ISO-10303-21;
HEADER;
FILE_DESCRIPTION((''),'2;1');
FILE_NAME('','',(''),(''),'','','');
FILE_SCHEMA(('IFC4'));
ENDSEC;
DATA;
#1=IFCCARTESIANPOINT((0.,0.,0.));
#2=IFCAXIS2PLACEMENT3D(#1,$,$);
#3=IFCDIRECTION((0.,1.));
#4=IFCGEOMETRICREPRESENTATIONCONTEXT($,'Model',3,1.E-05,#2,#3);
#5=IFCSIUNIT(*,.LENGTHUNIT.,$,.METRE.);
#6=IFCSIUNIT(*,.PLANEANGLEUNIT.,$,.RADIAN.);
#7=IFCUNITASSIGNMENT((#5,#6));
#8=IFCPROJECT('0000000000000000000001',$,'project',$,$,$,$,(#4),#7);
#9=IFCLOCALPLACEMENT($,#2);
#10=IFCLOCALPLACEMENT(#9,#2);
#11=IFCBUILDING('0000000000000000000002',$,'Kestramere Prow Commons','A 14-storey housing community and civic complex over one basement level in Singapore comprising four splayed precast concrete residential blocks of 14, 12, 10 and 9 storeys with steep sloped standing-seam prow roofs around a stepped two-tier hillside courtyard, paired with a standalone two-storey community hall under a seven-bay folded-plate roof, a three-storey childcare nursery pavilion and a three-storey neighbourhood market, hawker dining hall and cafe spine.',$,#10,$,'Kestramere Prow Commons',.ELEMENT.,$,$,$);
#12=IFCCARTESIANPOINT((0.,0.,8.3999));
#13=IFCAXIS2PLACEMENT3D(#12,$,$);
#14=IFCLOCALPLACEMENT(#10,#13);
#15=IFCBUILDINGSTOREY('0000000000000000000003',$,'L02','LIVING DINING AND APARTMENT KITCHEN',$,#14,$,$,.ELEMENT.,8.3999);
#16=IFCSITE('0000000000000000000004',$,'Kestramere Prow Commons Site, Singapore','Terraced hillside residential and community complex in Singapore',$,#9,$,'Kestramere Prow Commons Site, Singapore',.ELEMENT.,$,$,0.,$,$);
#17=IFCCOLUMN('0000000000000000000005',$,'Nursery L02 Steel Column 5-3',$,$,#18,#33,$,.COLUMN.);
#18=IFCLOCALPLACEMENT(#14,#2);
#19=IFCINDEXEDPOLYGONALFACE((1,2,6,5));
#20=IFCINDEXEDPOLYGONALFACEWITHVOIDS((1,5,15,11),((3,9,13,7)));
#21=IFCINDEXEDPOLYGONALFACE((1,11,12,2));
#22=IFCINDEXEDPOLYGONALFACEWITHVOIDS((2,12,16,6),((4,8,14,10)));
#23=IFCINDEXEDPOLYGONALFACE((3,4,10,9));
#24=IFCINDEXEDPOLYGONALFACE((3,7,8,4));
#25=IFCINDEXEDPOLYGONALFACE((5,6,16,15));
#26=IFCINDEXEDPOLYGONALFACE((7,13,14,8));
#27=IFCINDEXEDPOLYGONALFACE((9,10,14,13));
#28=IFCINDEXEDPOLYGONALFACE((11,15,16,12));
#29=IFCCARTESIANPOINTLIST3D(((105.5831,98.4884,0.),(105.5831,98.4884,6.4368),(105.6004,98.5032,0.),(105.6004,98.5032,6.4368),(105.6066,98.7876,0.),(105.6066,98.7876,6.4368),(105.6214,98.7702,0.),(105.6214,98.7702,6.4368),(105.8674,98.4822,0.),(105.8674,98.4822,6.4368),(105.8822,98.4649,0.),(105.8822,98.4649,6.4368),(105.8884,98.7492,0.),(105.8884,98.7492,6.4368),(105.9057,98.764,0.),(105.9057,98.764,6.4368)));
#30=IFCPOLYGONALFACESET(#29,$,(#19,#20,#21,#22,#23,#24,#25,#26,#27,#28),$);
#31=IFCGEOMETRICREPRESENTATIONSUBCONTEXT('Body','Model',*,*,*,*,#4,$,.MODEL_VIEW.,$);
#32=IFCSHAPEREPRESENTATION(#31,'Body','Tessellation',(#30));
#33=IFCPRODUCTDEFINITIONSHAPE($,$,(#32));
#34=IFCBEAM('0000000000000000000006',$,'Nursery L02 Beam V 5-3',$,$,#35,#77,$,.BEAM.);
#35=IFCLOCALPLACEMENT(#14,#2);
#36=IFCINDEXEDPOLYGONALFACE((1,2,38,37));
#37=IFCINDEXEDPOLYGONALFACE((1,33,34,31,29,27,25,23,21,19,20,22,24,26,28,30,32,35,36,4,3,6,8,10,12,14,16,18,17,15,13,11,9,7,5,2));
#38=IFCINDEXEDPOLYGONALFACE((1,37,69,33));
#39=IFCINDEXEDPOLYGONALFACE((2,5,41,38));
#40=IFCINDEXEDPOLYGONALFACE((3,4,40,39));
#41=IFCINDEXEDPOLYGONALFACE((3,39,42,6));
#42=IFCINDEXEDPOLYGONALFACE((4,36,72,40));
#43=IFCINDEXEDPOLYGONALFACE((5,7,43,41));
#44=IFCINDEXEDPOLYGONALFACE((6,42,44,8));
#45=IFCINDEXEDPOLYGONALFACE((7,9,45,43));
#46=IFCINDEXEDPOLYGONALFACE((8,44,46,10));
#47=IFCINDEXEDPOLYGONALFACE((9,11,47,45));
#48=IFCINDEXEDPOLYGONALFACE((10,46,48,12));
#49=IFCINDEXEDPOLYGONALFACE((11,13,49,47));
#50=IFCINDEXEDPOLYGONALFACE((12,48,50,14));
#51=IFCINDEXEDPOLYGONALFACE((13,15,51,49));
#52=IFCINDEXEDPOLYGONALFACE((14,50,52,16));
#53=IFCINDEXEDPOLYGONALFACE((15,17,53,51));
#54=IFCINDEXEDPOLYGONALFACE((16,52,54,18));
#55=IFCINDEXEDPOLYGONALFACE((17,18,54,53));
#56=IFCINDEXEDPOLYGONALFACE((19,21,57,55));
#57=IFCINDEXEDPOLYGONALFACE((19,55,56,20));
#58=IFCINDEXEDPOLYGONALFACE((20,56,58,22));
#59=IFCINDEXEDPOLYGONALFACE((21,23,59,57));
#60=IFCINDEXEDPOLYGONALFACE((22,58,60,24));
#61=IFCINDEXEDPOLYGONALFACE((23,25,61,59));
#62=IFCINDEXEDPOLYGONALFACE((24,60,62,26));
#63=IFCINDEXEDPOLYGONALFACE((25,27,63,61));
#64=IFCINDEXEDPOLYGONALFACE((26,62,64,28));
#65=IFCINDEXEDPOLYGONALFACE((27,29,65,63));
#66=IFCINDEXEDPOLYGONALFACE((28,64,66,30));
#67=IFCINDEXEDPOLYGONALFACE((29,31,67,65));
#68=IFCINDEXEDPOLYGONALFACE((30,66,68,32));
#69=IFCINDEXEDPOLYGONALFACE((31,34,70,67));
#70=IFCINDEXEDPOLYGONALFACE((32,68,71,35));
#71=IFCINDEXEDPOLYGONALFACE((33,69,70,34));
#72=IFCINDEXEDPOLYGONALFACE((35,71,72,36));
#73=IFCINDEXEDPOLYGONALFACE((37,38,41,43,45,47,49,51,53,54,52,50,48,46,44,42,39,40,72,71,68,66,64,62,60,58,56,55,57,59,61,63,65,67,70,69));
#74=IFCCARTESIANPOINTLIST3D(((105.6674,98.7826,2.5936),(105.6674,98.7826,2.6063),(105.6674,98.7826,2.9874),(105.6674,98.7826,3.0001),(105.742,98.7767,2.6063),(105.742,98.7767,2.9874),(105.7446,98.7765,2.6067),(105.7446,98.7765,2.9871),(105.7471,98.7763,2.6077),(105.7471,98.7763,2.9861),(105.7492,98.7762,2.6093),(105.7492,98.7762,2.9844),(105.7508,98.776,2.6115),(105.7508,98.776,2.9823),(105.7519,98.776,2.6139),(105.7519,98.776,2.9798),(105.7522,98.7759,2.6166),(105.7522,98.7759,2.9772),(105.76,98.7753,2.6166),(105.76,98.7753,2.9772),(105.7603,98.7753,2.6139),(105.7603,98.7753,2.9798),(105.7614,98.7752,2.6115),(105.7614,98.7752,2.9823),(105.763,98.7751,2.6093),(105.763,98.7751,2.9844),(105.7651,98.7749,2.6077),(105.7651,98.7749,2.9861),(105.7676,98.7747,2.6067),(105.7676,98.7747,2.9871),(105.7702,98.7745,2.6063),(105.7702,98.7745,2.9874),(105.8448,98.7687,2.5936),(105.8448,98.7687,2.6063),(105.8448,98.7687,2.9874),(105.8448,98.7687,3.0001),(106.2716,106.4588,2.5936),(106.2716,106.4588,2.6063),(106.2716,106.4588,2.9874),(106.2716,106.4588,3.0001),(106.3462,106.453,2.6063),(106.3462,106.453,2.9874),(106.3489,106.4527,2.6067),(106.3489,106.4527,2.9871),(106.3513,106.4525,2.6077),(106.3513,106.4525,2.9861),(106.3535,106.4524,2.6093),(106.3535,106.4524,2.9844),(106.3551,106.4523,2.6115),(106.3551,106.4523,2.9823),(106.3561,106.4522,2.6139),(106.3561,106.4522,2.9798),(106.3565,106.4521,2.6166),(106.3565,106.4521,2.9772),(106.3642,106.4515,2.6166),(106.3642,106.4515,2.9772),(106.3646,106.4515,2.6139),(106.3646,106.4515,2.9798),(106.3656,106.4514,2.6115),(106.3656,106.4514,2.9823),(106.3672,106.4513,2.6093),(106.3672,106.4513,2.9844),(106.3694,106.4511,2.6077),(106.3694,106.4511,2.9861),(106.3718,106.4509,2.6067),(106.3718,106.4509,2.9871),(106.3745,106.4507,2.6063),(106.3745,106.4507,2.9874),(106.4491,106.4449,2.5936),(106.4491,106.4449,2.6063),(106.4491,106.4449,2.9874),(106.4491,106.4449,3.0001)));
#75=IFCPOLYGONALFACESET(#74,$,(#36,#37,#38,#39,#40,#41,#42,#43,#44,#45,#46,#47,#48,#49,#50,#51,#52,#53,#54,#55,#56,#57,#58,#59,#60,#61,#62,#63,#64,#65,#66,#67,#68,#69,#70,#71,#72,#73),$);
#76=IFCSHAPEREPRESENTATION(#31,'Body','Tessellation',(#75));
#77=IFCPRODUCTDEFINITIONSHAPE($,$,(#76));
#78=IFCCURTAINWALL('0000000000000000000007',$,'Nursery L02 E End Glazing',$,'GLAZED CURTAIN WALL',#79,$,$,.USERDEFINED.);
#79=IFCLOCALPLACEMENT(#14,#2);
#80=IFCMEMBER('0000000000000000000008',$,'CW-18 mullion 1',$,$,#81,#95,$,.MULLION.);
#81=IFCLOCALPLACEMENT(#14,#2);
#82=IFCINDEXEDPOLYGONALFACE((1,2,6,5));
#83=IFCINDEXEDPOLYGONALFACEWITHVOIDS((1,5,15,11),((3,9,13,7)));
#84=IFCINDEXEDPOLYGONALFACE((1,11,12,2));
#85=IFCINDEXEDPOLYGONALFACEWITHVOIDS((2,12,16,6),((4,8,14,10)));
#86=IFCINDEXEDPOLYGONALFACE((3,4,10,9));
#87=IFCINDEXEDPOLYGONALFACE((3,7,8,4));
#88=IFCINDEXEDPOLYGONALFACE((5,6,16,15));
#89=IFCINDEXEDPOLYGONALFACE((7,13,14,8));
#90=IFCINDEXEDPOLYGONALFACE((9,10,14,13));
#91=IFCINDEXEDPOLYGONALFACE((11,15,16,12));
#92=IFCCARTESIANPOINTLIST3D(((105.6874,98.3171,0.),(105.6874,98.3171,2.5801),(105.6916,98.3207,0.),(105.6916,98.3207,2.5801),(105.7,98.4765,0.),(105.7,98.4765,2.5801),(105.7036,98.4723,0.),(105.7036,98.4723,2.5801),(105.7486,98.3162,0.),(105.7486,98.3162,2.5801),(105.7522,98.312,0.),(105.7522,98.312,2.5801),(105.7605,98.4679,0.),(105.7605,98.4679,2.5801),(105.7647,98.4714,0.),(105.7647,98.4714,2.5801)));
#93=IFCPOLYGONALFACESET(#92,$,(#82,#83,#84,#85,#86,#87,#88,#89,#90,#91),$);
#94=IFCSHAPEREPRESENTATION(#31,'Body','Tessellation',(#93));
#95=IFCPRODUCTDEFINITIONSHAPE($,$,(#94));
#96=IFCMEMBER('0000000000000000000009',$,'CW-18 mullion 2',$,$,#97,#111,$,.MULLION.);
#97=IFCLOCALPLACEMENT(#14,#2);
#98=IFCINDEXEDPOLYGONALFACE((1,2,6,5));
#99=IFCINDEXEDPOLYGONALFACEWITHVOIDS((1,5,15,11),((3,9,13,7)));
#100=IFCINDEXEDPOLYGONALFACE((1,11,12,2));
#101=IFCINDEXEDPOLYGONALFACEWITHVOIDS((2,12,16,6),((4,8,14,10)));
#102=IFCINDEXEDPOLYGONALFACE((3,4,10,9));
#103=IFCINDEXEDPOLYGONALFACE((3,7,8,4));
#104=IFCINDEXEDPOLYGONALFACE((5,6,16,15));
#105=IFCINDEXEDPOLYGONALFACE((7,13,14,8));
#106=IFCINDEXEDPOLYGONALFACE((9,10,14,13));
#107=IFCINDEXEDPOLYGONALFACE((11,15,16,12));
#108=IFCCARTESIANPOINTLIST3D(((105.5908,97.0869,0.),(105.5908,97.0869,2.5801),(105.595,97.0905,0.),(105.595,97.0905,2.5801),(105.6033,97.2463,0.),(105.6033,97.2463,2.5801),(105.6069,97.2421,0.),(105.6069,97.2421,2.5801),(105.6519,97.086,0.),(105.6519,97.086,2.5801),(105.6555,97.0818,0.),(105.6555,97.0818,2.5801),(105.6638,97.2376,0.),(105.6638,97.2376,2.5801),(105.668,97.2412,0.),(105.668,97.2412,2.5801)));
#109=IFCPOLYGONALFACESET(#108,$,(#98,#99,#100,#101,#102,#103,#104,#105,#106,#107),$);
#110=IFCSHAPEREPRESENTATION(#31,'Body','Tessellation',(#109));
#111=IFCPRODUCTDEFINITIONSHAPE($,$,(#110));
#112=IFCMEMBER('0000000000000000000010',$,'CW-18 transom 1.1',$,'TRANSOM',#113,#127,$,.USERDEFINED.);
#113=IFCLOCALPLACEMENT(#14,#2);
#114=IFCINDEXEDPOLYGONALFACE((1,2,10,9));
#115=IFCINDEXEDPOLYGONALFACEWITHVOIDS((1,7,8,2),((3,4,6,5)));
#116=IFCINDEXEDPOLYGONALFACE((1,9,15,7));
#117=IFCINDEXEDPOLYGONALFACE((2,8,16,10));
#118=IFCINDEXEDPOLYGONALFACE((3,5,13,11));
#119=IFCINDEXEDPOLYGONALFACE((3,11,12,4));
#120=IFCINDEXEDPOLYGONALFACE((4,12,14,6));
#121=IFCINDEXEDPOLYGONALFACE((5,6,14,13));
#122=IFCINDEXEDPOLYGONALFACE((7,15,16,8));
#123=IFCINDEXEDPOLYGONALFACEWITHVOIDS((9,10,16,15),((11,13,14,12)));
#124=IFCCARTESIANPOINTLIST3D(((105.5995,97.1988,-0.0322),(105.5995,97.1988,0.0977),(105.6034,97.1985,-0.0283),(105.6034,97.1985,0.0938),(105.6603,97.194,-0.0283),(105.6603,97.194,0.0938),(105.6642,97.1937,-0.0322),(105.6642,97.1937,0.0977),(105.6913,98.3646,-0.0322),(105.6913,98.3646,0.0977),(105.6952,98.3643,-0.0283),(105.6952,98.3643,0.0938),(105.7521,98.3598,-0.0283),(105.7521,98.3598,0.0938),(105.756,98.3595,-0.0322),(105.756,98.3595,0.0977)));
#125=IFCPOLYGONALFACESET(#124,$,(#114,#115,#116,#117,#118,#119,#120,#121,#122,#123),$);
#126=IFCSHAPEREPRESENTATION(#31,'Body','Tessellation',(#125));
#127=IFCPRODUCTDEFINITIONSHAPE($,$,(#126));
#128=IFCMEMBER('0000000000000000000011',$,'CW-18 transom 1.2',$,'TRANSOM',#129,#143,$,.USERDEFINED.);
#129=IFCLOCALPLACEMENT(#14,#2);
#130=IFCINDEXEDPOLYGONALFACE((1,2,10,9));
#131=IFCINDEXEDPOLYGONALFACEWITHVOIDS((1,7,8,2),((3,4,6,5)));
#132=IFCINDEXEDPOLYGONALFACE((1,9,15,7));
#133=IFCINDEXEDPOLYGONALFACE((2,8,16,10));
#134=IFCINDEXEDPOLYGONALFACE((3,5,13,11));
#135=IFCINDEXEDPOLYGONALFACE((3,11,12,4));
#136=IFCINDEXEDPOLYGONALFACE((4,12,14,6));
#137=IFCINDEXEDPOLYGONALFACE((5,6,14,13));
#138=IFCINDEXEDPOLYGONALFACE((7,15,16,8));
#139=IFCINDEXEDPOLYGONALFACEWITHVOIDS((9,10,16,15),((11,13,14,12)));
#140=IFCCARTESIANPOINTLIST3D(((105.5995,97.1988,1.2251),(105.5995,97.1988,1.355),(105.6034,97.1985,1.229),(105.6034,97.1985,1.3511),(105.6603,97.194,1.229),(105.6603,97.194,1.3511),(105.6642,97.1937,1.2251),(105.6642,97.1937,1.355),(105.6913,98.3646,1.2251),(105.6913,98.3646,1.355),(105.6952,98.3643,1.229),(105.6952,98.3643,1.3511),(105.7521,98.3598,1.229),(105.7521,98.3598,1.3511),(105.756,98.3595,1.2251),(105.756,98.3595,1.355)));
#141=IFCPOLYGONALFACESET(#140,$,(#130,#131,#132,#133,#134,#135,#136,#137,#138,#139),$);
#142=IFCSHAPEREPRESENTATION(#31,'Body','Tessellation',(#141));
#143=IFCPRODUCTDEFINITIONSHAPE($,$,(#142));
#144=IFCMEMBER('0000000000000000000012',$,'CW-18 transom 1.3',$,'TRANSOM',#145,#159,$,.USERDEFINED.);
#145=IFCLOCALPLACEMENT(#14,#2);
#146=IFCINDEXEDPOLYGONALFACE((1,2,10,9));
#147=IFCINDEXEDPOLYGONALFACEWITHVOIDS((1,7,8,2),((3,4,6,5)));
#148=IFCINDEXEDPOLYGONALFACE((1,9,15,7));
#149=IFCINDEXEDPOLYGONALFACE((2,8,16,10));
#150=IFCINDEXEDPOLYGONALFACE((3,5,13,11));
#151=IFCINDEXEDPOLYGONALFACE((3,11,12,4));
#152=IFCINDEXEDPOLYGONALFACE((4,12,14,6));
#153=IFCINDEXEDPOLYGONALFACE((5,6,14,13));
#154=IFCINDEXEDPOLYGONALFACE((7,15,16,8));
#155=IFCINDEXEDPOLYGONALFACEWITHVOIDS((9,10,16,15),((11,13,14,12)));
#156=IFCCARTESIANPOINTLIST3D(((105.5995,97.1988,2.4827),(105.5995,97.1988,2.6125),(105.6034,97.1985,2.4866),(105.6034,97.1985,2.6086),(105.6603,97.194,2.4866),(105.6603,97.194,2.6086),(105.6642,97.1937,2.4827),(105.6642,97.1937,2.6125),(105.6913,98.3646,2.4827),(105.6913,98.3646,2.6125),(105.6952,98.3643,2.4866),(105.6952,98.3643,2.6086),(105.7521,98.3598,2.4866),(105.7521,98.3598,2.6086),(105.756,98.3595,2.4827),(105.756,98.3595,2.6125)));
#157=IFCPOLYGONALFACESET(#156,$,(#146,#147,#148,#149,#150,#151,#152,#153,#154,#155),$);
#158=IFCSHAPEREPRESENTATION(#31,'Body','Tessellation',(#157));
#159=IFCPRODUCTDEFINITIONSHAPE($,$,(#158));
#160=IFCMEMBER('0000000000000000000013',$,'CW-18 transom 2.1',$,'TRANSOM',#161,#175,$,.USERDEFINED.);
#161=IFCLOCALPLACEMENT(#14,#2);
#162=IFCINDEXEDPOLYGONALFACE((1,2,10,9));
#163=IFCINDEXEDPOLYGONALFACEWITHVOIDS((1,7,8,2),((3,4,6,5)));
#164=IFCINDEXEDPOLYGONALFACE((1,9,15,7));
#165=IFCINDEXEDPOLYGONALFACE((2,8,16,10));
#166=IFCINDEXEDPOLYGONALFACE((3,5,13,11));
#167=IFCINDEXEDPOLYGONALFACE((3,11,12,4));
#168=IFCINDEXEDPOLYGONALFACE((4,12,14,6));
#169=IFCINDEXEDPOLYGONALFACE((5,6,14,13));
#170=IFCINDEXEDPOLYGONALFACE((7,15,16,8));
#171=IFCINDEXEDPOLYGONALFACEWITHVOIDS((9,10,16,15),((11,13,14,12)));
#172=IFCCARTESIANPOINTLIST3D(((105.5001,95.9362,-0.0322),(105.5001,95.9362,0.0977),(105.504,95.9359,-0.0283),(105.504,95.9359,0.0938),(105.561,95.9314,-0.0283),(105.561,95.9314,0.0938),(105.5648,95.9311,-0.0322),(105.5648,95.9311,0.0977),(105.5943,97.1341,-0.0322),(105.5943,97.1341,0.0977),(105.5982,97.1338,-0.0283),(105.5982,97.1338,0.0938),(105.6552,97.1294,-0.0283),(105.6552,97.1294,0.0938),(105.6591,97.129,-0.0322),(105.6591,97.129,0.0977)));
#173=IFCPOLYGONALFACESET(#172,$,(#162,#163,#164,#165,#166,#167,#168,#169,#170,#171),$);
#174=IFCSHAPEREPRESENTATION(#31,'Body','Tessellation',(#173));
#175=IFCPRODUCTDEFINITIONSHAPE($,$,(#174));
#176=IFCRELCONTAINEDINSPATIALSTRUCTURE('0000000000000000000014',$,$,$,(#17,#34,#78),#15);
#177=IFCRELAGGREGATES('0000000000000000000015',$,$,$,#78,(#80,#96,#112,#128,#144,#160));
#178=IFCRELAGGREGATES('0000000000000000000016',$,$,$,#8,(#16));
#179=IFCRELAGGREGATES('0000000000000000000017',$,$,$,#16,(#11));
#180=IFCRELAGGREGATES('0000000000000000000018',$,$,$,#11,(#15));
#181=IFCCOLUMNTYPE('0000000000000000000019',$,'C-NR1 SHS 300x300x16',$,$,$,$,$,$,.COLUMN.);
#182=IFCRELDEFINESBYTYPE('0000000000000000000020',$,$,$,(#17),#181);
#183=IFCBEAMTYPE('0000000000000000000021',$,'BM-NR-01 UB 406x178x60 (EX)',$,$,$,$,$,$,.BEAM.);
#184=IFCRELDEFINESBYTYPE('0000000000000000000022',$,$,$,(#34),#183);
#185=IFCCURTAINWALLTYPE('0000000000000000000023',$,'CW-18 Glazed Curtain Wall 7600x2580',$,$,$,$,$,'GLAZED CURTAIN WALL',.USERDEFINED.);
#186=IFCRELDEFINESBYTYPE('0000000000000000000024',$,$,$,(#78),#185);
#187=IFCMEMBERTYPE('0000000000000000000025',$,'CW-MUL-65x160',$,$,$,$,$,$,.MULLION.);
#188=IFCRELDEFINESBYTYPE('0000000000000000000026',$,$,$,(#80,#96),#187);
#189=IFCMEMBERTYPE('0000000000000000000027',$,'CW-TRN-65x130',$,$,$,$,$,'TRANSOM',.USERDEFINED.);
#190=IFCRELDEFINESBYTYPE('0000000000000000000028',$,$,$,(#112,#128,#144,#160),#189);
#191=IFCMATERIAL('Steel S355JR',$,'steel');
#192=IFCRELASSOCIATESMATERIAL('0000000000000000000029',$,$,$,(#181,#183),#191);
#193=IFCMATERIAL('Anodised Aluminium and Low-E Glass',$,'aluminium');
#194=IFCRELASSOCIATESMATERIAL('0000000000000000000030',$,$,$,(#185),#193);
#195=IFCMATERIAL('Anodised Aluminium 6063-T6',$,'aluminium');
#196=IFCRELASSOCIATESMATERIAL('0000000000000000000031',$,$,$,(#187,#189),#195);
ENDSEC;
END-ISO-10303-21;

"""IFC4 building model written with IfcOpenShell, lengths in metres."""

from ifc_helpers import new_model, si_unit, direction, frame, origin, origin_2d, place, context, subcontext, project, spatial, hollow_rectangle, i_section, extrude, material, material_profile, profile_set, type_object, element, aggregate, save


model = new_model("IFC4")

# Units and contexts
model_context = context("Model", 3, precision=1e-05, world=origin(), true_north=direction((0.0, 1.0)))
body_context = subcontext(model_context, "Body", "Model", "MODEL_VIEW")
ifc_project = project(units=[si_unit("LENGTHUNIT", "METRE"), si_unit("PLANEANGLEUNIT", "RADIAN")], contexts=[model_context])

# Site, building, storey
site_placement = place(None, origin())
site = spatial("IfcSite", under=ifc_project, at=site_placement, Name="Kestramere Prow Commons Site, Singapore", Description="Terraced hillside residential and community complex in Singapore", LongName="Kestramere Prow Commons Site, Singapore", CompositionType="ELEMENT", RefElevation=0.0)
building_placement = place(site_placement, origin())
building = spatial("IfcBuilding", under=site, at=building_placement, Name="Kestramere Prow Commons", Description="A 14-storey housing community and civic complex over one basement level in Singapore comprising four splayed precast concrete residential blocks of 14, 12, 10 and 9 storeys with steep sloped standing-seam prow roofs around a stepped two-tier hillside courtyard, paired with a standalone two-storey community hall under a seven-bay folded-plate roof, a three-storey childcare nursery pavilion and a three-storey neighbourhood market, hawker dining hall and cafe spine.", LongName="Kestramere Prow Commons", CompositionType="ELEMENT")
storey_placement = place(building_placement, frame((0.0, 0.0, 8.3999)))
storey = spatial("IfcBuildingStorey", under=building, at=storey_placement, Name="L02", Description="LIVING DINING AND APARTMENT KITCHEN", CompositionType="ELEMENT", Elevation=8.3999)

# Column
ifc_material_1 = material(Name="Steel S355JR", Category="steel")
ifc_material_profile_1 = material_profile(ifc_material_1, hollow_rectangle(XDim=0.3, YDim=0.3, WallThickness=0.0161, at=origin_2d()), Name="SHS 300x300x16")
ifc_profile_set_1 = profile_set([ifc_material_profile_1], Name="Steel S355JR")
column_type = type_object("IfcColumnType", Name="C-NR1 SHS 300x300x16", PredefinedType="COLUMN", material=ifc_profile_set_1)
column_placement = place(storey_placement, frame((105.7444, 98.6262, 0.0), z_axis=(0.0, 0.0, 1.0), x_axis=(0.996917, -0.078459, 0.0)))
element("IfcColumn", 1, at=column_placement, inside=storey, type_object=column_type, Name="Nursery L02 Steel Column 5-3", PredefinedType="COLUMN", context=body_context, shape_type="SweptSolid", body=[
    extrude(hollow_rectangle(XDim=0.3, YDim=0.3, WallThickness=0.0161, at=origin_2d()), origin(), (0.0, 0.0, 1.0), 6.4368),
])

# Beam
ifc_material_profile_2 = material_profile(ifc_material_1, i_section(OverallWidth=0.178, OverallDepth=0.4065, WebThickness=0.0078, FlangeThickness=0.0127, FilletRadius=0.0103, at=origin_2d()), Name="UB 406x178x60")
ifc_profile_set_2 = profile_set([ifc_material_profile_2], Name="Steel S355JR")
beam_type = type_object("IfcBeamType", Name="BM-NR-01 UB 406x178x60 (EX)", PredefinedType="BEAM", material=ifc_profile_set_2)
beam_placement = place(storey_placement, frame((105.7561, 98.7756, 2.7969), z_axis=(0.078474, 0.996916, 0.0), x_axis=(-0.996916, 0.078474, 0.0)))
element("IfcBeam", 2, at=beam_placement, inside=storey, type_object=beam_type, Name="Nursery L02 Beam V 5-3", PredefinedType="BEAM", context=body_context, shape_type="SweptSolid", body=[
    extrude(i_section(OverallWidth=0.178, OverallDepth=0.4065, WebThickness=0.0078, FlangeThickness=0.0127, FilletRadius=0.0103, at=origin_2d()), origin(), (0.0, 0.0, 1.0), 7.7),
])

# Curtain wall, members
ifc_material_2 = material(Name="Anodised Aluminium and Low-E Glass", Category="aluminium")
curtain_wall_type = type_object("IfcCurtainWallType", Name="CW-18 Glazed Curtain Wall 7600x2580", ElementType="GLAZED CURTAIN WALL", PredefinedType="USERDEFINED", material=ifc_material_2)
curtain_wall_placement = place(storey_placement, origin())
curtain_wall = element("IfcCurtainWall", 3, at=curtain_wall_placement, inside=storey, type_object=curtain_wall_type, Name="Nursery L02 E End Glazing", ObjectType="GLAZED CURTAIN WALL", PredefinedType="USERDEFINED")
ifc_material_3 = material(Name="Anodised Aluminium 6063-T6", Category="aluminium")
ifc_material_profile_3 = material_profile(ifc_material_3, hollow_rectangle(XDim=0.0649, YDim=0.1599, WallThickness=0.0039, at=origin_2d()), Name="ALU-MUL 65x160")
ifc_profile_set_3 = profile_set([ifc_material_profile_3], Name="Anodised Aluminium 6063-T6")
member_type_1 = type_object("IfcMemberType", Name="CW-MUL-65x160", PredefinedType="MULLION", material=ifc_profile_set_3)
member_1_placement = place(storey_placement, frame((105.7261, 98.3943, 0.0), z_axis=(0.0, 0.0, 1.0), x_axis=(0.996917, -0.078459, 0.0)))
member_1 = element("IfcMember", 4, at=member_1_placement, type_object=member_type_1, Name="CW-18 mullion 1", PredefinedType="MULLION", context=body_context, shape_type="SweptSolid", body=[
    extrude(hollow_rectangle(XDim=0.0649, YDim=0.1599, WallThickness=0.0039, at=origin_2d()), origin(), (0.0, 0.0, 1.0), 2.5801),
])
member_2_placement = place(storey_placement, frame((105.6294, 97.1641, 0.0), z_axis=(0.0, 0.0, 1.0), x_axis=(0.996917, -0.078459, 0.0)))
member_2 = element("IfcMember", 5, at=member_2_placement, type_object=member_type_1, Name="CW-18 mullion 2", PredefinedType="MULLION", context=body_context, shape_type="SweptSolid", body=[
    extrude(hollow_rectangle(XDim=0.0649, YDim=0.1599, WallThickness=0.0039, at=origin_2d()), origin(), (0.0, 0.0, 1.0), 2.5801),
])
ifc_material_profile_4 = material_profile(ifc_material_3, hollow_rectangle(XDim=0.0649, YDim=0.1299, WallThickness=0.0039, at=origin_2d()), Name="ALU-TRN 65x130")
ifc_profile_set_4 = profile_set([ifc_material_profile_4], Name="Anodised Aluminium 6063-T6")
member_type_2 = type_object("IfcMemberType", Name="CW-TRN-65x130", ElementType="TRANSOM", PredefinedType="USERDEFINED", material=ifc_profile_set_4)
member_3_placement = place(storey_placement, frame((105.7236, 98.3621, 0.0327), z_axis=(-0.0785, -0.996914, 0.0), x_axis=(0.996914, -0.0785, 0.0)))
member_3 = element("IfcMember", 6, at=member_3_placement, type_object=member_type_2, Name="CW-18 transom 1.1", ObjectType="TRANSOM", PredefinedType="USERDEFINED", context=body_context, shape_type="SweptSolid", body=[
    extrude(hollow_rectangle(XDim=0.0649, YDim=0.1299, WallThickness=0.0039, at=origin_2d()), origin(), (0.0, 0.0, 1.0), 1.1694),
])
member_4_placement = place(storey_placement, frame((105.7236, 98.3621, 1.29), z_axis=(-0.0785, -0.996914, 0.0), x_axis=(0.996914, -0.0785, 0.0)))
member_4 = element("IfcMember", 7, at=member_4_placement, type_object=member_type_2, Name="CW-18 transom 1.2", ObjectType="TRANSOM", PredefinedType="USERDEFINED", context=body_context, shape_type="SweptSolid", body=[
    extrude(hollow_rectangle(XDim=0.0649, YDim=0.1299, WallThickness=0.0039, at=origin_2d()), origin(), (0.0, 0.0, 1.0), 1.1694),
])
member_5_placement = place(storey_placement, frame((105.7236, 98.3621, 2.5476), z_axis=(-0.0785, -0.996914, 0.0), x_axis=(0.996914, -0.0785, 0.0)))
member_5 = element("IfcMember", 8, at=member_5_placement, type_object=member_type_2, Name="CW-18 transom 1.3", ObjectType="TRANSOM", PredefinedType="USERDEFINED", context=body_context, shape_type="SweptSolid", body=[
    extrude(hollow_rectangle(XDim=0.0649, YDim=0.1299, WallThickness=0.0039, at=origin_2d()), origin(), (0.0, 0.0, 1.0), 1.1694),
])
member_6_placement = place(storey_placement, frame((105.6267, 97.1316, 0.0327), z_axis=(-0.078421, -0.99692, 0.0), x_axis=(0.99692, -0.078421, 0.0)))
member_6 = element("IfcMember", 9, at=member_6_placement, type_object=member_type_2, Name="CW-18 transom 2.1", ObjectType="TRANSOM", PredefinedType="USERDEFINED", context=body_context, shape_type="SweptSolid", body=[
    extrude(hollow_rectangle(XDim=0.0649, YDim=0.1299, WallThickness=0.0039, at=origin_2d()), origin(), (0.0, 0.0, 1.0), 1.2017),
])
aggregate(curtain_wall, [member_1, member_2, member_3, member_4, member_5, member_6])

save(model, "model.ifc")
